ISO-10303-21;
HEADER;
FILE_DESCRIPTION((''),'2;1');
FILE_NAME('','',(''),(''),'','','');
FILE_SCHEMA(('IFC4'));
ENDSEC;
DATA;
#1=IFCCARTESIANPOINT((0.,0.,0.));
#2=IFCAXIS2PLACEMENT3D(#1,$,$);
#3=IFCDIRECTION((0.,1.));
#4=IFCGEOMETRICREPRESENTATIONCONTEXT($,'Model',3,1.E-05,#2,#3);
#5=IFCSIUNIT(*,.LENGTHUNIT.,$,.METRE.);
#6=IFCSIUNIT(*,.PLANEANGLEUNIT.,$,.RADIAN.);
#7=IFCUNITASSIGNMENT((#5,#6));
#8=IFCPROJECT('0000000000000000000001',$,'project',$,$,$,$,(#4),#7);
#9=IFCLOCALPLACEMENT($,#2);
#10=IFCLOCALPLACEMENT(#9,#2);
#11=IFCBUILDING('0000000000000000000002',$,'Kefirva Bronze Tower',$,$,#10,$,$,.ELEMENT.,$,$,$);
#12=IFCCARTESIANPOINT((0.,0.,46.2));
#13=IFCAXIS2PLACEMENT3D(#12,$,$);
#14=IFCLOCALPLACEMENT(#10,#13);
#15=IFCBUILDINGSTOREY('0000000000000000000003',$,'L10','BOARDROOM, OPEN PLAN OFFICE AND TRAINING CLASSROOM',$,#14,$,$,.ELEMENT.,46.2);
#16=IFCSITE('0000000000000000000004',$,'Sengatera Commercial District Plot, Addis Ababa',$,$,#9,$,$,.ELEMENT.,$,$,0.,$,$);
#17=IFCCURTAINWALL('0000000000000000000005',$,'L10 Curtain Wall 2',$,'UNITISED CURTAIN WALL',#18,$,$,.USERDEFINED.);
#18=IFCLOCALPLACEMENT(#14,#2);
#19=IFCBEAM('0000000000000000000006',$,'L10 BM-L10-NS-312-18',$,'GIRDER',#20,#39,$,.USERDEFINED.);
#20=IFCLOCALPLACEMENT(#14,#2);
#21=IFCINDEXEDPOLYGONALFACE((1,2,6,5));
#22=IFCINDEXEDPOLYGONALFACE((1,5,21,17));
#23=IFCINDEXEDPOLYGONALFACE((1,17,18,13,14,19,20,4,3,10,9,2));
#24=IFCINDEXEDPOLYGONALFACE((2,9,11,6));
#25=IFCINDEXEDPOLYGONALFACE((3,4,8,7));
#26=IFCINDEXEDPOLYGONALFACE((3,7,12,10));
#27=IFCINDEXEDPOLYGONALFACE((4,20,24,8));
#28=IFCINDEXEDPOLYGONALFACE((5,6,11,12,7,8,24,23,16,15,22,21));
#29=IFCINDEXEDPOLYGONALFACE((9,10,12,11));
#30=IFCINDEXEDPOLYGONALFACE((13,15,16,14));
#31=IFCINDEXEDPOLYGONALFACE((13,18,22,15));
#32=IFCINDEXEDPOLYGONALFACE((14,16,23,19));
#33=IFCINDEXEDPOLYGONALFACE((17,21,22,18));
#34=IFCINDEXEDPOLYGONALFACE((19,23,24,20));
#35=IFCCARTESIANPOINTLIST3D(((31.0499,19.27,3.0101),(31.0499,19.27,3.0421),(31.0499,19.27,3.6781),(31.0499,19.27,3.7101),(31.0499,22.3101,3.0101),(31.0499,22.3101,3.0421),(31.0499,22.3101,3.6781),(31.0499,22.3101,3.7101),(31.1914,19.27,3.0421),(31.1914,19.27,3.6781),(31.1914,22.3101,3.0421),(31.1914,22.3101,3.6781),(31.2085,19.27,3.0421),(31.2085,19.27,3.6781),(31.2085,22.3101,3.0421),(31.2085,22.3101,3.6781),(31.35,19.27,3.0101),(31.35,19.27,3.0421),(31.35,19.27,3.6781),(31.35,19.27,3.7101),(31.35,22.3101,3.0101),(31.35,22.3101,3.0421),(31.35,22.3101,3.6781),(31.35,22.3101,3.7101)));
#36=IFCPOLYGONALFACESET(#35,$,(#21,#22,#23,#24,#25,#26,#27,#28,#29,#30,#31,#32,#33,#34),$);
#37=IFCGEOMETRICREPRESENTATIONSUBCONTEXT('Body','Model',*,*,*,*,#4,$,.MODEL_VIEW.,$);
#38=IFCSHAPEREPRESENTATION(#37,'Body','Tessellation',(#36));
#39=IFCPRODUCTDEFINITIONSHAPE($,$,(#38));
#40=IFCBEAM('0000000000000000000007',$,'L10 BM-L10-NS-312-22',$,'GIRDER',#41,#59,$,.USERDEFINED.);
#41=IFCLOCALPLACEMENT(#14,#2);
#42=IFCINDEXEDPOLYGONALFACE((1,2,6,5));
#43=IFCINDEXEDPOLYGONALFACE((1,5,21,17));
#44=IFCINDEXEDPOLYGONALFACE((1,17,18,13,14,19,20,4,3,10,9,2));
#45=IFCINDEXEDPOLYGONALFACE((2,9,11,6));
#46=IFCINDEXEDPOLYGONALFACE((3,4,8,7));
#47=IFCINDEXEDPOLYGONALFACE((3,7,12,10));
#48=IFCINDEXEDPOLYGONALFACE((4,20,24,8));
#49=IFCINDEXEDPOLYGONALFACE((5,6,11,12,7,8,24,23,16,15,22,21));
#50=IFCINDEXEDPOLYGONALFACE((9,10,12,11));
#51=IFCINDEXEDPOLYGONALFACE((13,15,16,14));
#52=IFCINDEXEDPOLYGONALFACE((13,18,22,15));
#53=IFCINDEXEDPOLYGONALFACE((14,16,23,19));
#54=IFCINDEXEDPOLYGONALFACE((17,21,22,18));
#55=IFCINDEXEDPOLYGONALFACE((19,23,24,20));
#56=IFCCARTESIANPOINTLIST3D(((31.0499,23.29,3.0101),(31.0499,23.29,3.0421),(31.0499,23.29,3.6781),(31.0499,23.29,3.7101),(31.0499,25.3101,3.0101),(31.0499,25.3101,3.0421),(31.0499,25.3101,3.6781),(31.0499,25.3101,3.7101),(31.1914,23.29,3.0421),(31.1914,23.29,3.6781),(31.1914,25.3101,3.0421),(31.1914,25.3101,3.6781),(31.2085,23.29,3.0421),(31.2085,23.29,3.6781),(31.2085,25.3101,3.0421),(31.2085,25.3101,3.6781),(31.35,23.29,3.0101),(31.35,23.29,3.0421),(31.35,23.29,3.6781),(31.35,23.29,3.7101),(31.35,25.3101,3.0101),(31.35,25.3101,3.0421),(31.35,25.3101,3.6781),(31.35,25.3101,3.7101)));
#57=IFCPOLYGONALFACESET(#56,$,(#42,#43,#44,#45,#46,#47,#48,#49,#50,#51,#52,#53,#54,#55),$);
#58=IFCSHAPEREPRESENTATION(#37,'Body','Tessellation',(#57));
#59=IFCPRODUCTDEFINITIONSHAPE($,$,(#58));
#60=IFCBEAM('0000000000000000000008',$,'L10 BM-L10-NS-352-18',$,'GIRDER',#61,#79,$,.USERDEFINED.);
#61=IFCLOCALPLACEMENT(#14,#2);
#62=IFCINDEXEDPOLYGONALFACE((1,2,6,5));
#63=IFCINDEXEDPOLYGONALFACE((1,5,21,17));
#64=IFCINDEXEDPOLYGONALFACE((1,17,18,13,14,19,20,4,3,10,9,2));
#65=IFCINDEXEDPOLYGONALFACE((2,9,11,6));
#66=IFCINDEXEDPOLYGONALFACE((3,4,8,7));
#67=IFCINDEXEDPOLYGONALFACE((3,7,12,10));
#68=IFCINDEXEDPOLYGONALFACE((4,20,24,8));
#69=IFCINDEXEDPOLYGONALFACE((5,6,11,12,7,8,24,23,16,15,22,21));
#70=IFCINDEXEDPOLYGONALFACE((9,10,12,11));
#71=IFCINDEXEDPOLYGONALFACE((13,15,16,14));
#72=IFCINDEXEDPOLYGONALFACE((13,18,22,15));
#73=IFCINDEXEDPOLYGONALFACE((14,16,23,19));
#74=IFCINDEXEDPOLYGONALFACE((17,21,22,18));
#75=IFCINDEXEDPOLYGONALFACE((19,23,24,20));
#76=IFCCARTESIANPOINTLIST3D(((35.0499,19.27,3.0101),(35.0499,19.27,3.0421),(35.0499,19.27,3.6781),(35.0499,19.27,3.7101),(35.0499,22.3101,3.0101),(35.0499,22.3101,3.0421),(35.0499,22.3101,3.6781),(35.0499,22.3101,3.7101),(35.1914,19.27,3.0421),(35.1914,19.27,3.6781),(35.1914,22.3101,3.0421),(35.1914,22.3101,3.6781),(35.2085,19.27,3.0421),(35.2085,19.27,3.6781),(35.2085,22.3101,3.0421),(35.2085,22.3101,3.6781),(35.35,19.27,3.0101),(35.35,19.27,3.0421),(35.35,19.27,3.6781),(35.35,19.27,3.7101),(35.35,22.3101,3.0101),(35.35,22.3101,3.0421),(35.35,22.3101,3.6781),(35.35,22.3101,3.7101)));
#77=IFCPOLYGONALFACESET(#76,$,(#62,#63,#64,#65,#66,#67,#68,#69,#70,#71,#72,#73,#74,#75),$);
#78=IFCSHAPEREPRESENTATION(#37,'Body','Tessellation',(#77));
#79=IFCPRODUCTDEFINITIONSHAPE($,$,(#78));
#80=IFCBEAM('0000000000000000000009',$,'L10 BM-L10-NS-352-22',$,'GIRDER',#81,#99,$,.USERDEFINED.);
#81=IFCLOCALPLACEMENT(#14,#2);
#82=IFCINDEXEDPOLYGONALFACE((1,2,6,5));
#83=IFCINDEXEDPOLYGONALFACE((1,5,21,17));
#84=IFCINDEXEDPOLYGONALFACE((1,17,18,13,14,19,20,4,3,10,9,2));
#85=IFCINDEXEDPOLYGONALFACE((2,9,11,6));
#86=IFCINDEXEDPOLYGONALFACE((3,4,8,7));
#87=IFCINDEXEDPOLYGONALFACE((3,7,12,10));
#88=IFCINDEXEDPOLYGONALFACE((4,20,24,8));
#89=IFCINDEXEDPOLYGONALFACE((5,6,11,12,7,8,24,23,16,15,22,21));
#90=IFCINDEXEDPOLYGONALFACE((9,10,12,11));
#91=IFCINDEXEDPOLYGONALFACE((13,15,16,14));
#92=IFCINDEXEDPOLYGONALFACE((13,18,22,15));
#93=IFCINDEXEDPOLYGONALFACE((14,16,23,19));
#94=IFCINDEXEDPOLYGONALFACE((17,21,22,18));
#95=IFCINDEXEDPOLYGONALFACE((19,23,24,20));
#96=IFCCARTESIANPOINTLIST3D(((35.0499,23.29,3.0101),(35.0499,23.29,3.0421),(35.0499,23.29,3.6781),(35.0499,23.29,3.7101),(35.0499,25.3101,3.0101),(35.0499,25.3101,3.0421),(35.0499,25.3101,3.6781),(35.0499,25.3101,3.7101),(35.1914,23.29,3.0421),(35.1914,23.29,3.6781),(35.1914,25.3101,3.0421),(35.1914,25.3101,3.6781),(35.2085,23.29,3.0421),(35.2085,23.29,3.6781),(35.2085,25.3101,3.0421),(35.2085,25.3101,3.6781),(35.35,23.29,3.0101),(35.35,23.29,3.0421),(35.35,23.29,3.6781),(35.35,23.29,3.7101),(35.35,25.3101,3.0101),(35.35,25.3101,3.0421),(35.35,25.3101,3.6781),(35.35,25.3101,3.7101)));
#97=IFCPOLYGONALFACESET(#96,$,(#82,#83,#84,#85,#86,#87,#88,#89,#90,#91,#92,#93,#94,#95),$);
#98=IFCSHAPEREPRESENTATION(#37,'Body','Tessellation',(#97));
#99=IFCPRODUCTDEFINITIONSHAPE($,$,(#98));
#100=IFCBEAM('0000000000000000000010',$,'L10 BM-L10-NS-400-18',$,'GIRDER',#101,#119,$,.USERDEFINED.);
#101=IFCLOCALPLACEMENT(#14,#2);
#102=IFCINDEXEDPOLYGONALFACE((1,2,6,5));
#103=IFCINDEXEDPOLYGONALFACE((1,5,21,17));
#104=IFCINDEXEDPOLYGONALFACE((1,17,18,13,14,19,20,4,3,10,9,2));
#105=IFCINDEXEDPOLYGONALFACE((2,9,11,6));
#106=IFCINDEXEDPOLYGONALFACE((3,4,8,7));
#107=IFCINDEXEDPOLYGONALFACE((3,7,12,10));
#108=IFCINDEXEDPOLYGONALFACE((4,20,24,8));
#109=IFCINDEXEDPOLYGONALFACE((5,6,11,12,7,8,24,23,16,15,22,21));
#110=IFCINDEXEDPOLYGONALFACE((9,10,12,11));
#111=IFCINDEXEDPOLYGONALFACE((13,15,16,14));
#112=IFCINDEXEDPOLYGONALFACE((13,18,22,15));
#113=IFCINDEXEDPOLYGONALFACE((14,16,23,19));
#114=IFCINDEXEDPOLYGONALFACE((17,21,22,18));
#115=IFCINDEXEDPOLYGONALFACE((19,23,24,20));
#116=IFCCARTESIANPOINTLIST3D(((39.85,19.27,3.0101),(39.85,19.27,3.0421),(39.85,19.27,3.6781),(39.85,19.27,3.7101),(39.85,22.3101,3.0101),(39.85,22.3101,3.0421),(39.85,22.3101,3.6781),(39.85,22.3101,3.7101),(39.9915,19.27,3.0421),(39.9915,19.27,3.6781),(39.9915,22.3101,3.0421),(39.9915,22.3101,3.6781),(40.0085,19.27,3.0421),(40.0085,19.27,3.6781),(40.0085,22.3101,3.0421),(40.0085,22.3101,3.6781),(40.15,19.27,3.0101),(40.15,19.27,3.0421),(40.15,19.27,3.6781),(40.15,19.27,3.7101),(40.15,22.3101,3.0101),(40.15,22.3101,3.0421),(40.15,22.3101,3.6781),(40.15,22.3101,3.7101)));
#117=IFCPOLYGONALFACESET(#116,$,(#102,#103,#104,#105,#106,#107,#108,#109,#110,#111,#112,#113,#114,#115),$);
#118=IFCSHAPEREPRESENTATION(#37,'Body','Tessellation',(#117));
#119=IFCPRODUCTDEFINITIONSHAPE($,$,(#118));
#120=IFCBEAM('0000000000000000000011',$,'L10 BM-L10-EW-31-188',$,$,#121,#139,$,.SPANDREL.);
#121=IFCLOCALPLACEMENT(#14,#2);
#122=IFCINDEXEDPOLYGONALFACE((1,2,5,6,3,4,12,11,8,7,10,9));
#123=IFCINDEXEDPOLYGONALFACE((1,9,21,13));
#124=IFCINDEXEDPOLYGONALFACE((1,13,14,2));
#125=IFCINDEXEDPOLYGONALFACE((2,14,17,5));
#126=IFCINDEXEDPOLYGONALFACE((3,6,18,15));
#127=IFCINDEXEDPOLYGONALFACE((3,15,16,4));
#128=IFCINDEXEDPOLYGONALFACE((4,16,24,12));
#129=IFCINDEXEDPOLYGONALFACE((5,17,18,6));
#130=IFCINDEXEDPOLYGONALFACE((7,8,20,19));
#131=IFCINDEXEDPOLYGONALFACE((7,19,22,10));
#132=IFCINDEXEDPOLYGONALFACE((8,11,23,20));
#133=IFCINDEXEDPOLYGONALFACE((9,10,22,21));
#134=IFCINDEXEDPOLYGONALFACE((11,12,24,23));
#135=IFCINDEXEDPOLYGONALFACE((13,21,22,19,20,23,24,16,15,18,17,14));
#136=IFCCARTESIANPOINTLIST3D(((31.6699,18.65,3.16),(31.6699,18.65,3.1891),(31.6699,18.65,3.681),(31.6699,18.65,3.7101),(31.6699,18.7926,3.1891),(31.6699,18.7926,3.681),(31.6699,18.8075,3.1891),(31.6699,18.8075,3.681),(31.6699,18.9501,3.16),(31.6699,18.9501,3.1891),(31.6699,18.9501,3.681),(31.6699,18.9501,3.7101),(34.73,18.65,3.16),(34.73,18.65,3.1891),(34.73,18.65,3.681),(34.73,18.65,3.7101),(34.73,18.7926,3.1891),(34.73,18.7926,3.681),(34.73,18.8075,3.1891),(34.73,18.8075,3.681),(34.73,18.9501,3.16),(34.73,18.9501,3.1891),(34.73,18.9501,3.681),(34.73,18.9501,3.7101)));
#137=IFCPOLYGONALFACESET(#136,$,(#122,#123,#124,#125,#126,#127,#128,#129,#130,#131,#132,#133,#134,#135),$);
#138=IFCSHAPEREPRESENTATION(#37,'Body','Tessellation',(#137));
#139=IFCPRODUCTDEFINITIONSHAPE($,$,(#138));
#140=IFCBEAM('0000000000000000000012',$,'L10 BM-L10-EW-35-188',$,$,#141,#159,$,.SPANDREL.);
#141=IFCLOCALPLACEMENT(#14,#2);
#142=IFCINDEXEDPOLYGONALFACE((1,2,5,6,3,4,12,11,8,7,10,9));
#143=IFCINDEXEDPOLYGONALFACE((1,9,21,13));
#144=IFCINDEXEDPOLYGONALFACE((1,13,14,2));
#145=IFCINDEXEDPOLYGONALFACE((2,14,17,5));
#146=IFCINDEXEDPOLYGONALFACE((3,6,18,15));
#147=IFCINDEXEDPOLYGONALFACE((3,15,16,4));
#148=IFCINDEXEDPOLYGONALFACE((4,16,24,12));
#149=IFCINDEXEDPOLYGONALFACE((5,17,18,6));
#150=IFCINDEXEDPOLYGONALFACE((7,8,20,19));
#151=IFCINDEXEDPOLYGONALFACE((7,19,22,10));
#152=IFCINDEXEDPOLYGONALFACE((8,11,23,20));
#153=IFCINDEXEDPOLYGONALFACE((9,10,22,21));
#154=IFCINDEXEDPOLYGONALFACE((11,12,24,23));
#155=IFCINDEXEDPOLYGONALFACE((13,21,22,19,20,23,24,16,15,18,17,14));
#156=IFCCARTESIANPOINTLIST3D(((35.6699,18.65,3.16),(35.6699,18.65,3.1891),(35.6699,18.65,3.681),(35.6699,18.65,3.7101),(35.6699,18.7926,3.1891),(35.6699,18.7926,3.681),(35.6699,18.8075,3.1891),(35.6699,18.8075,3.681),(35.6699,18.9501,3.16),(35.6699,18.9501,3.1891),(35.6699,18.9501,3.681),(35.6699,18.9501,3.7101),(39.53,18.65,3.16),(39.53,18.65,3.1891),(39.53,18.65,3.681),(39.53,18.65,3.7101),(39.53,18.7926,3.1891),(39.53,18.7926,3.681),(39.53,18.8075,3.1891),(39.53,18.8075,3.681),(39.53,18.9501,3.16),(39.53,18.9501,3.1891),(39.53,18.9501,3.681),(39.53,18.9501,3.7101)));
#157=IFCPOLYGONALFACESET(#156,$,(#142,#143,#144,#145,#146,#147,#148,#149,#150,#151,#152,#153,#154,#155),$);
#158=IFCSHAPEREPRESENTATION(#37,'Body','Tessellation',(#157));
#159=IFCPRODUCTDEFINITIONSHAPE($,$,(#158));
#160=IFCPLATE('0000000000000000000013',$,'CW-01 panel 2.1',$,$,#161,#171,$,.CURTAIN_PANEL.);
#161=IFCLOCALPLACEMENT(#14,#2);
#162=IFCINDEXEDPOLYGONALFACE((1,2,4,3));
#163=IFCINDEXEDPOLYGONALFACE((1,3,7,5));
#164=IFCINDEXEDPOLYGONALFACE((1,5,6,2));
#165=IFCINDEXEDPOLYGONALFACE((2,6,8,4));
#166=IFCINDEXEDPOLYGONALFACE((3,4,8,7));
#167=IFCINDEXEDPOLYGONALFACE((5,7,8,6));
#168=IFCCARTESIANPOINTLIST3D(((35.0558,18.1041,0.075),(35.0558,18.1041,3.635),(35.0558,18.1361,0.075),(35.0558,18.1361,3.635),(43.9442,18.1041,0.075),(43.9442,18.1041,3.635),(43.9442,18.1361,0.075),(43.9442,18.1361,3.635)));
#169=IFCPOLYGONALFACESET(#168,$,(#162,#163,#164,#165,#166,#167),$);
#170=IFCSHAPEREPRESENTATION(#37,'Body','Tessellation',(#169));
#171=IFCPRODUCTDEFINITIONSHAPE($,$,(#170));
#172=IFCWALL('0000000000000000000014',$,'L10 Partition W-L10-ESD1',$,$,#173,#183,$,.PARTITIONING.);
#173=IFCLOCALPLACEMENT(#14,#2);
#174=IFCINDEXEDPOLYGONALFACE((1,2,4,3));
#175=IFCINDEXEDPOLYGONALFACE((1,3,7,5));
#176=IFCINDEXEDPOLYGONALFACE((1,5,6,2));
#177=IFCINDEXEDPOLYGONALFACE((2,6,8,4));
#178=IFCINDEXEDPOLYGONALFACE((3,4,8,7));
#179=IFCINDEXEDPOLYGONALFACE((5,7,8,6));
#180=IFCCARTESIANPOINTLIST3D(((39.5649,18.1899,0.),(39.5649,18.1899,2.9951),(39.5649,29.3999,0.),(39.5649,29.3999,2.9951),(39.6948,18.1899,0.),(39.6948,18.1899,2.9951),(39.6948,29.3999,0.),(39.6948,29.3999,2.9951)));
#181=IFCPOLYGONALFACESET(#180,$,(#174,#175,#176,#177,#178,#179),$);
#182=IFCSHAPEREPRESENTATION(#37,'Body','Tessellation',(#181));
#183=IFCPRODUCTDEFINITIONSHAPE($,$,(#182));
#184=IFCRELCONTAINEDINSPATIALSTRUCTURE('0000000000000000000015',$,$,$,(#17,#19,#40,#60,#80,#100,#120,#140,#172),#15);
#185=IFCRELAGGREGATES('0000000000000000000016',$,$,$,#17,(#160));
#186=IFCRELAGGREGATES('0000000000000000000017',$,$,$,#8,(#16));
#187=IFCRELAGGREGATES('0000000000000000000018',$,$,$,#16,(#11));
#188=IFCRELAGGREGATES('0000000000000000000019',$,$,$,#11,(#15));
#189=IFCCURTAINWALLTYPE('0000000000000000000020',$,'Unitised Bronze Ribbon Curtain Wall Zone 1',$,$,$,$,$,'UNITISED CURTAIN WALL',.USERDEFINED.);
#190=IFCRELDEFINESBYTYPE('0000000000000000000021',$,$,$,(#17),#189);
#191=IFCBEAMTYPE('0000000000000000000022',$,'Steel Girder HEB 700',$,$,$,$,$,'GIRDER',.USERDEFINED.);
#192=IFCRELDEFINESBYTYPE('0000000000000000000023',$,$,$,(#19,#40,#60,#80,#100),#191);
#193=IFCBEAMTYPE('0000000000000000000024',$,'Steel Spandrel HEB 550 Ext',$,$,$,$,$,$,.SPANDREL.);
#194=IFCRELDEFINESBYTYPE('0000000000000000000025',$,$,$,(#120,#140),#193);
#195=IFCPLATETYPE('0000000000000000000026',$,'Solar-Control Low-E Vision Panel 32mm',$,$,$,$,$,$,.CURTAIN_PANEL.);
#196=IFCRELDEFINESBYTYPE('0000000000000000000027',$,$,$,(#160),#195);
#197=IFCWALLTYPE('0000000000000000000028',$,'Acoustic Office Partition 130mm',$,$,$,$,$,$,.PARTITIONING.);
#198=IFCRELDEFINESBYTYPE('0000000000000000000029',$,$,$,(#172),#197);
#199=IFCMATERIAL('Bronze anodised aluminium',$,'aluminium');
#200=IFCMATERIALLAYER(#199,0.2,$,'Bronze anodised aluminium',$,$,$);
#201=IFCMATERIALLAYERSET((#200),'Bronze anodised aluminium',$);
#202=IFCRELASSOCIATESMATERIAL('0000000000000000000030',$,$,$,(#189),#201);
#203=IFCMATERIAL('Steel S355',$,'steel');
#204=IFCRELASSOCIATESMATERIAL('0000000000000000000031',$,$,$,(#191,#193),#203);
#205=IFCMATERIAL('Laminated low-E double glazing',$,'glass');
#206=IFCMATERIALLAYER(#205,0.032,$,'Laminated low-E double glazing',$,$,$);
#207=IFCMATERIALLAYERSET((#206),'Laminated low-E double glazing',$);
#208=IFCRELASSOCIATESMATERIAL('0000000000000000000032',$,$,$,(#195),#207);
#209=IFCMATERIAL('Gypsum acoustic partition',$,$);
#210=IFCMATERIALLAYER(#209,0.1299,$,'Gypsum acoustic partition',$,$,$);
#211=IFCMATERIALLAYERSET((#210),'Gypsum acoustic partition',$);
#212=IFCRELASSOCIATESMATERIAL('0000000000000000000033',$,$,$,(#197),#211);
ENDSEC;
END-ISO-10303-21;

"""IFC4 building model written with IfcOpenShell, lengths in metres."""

from ifc_helpers import new_model, si_unit, direction, frame, frame_2d, origin, origin_2d, place, context, subcontext, project, spatial, rectangle, i_section, extrude, material, layer, layer_set, material_profile, profile_set, type_object, element, aggregate, save


model = new_model("IFC4")

# Units and contexts
model_context = context("Model", 3, precision=1e-05, world=origin(), true_north=direction((0.0, 1.0)))
body_context = subcontext(model_context, "Body", "Model", "MODEL_VIEW")
ifc_project = project(units=[si_unit("LENGTHUNIT", "METRE"), si_unit("PLANEANGLEUNIT", "RADIAN")], contexts=[model_context])

# Site, building, storey
site_placement = place(None, origin())
site = spatial("IfcSite", under=ifc_project, at=site_placement, Name="Sengatera Commercial District Plot, Addis Ababa", CompositionType="ELEMENT", RefElevation=0.0)
building_placement = place(site_placement, origin())
building = spatial("IfcBuilding", under=site, at=building_placement, Name="Kefirva Bronze Tower", CompositionType="ELEMENT")
storey_placement = place(building_placement, frame((0.0, 0.0, 46.2)))
storey = spatial("IfcBuildingStorey", under=building, at=storey_placement, Name="L10", Description="BOARDROOM, OPEN PLAN OFFICE AND TRAINING CLASSROOM", CompositionType="ELEMENT", Elevation=46.2)

# Curtain wall
ifc_material_1 = material(Name="Bronze anodised aluminium", Category="aluminium")
ifc_layer_1 = layer(ifc_material_1, 0.2, Name="Bronze anodised aluminium")
ifc_layer_set_1 = layer_set([ifc_layer_1], Name="Bronze anodised aluminium")
curtain_wall_type = type_object("IfcCurtainWallType", Name="Unitised Bronze Ribbon Curtain Wall Zone 1", ElementType="UNITISED CURTAIN WALL", PredefinedType="USERDEFINED", material=ifc_layer_set_1)
curtain_wall_placement = place(storey_placement, origin())
curtain_wall = element("IfcCurtainWall", 1, at=curtain_wall_placement, inside=storey, type_object=curtain_wall_type, Name="L10 Curtain Wall 2", ObjectType="UNITISED CURTAIN WALL", PredefinedType="USERDEFINED")

# Beams
ifc_material_2 = material(Name="Steel S355", Category="steel")
ifc_material_profile_1 = material_profile(ifc_material_2, i_section(OverallWidth=0.3, OverallDepth=0.7, WebThickness=0.0171, FlangeThickness=0.032, at=origin_2d()), Name="HEB 700")
ifc_profile_set_1 = profile_set([ifc_material_profile_1], Name="Steel S355")
beam_type_1 = type_object("IfcBeamType", Name="Steel Girder HEB 700", ElementType="GIRDER", PredefinedType="USERDEFINED", material=ifc_profile_set_1)
beam_1_placement = place(storey_placement, frame((31.2, 19.27, 3.3601), z_axis=(0.0, 1.0, 0.0), x_axis=(-1.0, 0.0, 0.0)))
element("IfcBeam", 2, at=beam_1_placement, inside=storey, type_object=beam_type_1, Name="L10 BM-L10-NS-312-18", ObjectType="GIRDER", PredefinedType="USERDEFINED", context=body_context, shape_type="SweptSolid", body=[
    extrude(i_section(OverallWidth=0.3, OverallDepth=0.7, WebThickness=0.0171, FlangeThickness=0.032, at=origin_2d()), origin(), (0.0, 0.0, 1.0), 3.04),
])
beam_2_placement = place(storey_placement, frame((31.2, 23.29, 3.3601), z_axis=(0.0, 1.0, 0.0), x_axis=(-1.0, 0.0, 0.0)))
element("IfcBeam", 3, at=beam_2_placement, inside=storey, type_object=beam_type_1, Name="L10 BM-L10-NS-312-22", ObjectType="GIRDER", PredefinedType="USERDEFINED", context=body_context, shape_type="SweptSolid", body=[
    extrude(i_section(OverallWidth=0.3, OverallDepth=0.7, WebThickness=0.0171, FlangeThickness=0.032, at=origin_2d()), origin(), (0.0, 0.0, 1.0), 2.02),
])
beam_3_placement = place(storey_placement, frame((35.2, 19.27, 3.3601), z_axis=(0.0, 1.0, 0.0), x_axis=(-1.0, 0.0, 0.0)))
element("IfcBeam", 4, at=beam_3_placement, inside=storey, type_object=beam_type_1, Name="L10 BM-L10-NS-352-18", ObjectType="GIRDER", PredefinedType="USERDEFINED", context=body_context, shape_type="SweptSolid", body=[
    extrude(i_section(OverallWidth=0.3, OverallDepth=0.7, WebThickness=0.0171, FlangeThickness=0.032, at=origin_2d()), origin(), (0.0, 0.0, 1.0), 3.04),
])
beam_4_placement = place(storey_placement, frame((35.2, 23.29, 3.3601), z_axis=(0.0, 1.0, 0.0), x_axis=(-1.0, 0.0, 0.0)))
element("IfcBeam", 5, at=beam_4_placement, inside=storey, type_object=beam_type_1, Name="L10 BM-L10-NS-352-22", ObjectType="GIRDER", PredefinedType="USERDEFINED", context=body_context, shape_type="SweptSolid", body=[
    extrude(i_section(OverallWidth=0.3, OverallDepth=0.7, WebThickness=0.0171, FlangeThickness=0.032, at=origin_2d()), origin(), (0.0, 0.0, 1.0), 2.02),
])
beam_5_placement = place(storey_placement, frame((40.0, 19.27, 3.3601), z_axis=(0.0, 1.0, 0.0), x_axis=(-1.0, 0.0, 0.0)))
element("IfcBeam", 6, at=beam_5_placement, inside=storey, type_object=beam_type_1, Name="L10 BM-L10-NS-400-18", ObjectType="GIRDER", PredefinedType="USERDEFINED", context=body_context, shape_type="SweptSolid", body=[
    extrude(i_section(OverallWidth=0.3, OverallDepth=0.7, WebThickness=0.0171, FlangeThickness=0.032, at=origin_2d()), origin(), (0.0, 0.0, 1.0), 3.04),
])
ifc_material_profile_2 = material_profile(ifc_material_2, i_section(OverallWidth=0.3, OverallDepth=0.55, WebThickness=0.0149, FlangeThickness=0.0291, at=origin_2d()), Name="HEB 550")
ifc_profile_set_2 = profile_set([ifc_material_profile_2], Name="Steel S355")
beam_type_2 = type_object("IfcBeamType", Name="Steel Spandrel HEB 550 Ext", PredefinedType="SPANDREL", material=ifc_profile_set_2)
beam_6_placement = place(storey_placement, frame((31.6699, 18.8, 3.4351), z_axis=(1.0, 0.0, 0.0), x_axis=(0.0, 1.0, 0.0)))
element("IfcBeam", 7, at=beam_6_placement, inside=storey, type_object=beam_type_2, Name="L10 BM-L10-EW-31-188", PredefinedType="SPANDREL", context=body_context, shape_type="SweptSolid", body=[
    extrude(i_section(OverallWidth=0.3, OverallDepth=0.55, WebThickness=0.0149, FlangeThickness=0.0291, at=origin_2d()), origin(), (0.0, 0.0, 1.0), 3.0601),
])
beam_7_placement = place(storey_placement, frame((35.6699, 18.8, 3.4351), z_axis=(1.0, 0.0, 0.0), x_axis=(0.0, 1.0, 0.0)))
element("IfcBeam", 8, at=beam_7_placement, inside=storey, type_object=beam_type_2, Name="L10 BM-L10-EW-35-188", PredefinedType="SPANDREL", context=body_context, shape_type="SweptSolid", body=[
    extrude(i_section(OverallWidth=0.3, OverallDepth=0.55, WebThickness=0.0149, FlangeThickness=0.0291, at=origin_2d()), origin(), (0.0, 0.0, 1.0), 3.8601),
])

# Plate
ifc_material_3 = material(Name="Laminated low-E double glazing", Category="glass")
ifc_layer_2 = layer(ifc_material_3, 0.032, Name="Laminated low-E double glazing")
ifc_layer_set_2 = layer_set([ifc_layer_2], Name="Laminated low-E double glazing")
plate_type = type_object("IfcPlateType", Name="Solar-Control Low-E Vision Panel 32mm", PredefinedType="CURTAIN_PANEL", material=ifc_layer_set_2)
plate_placement = place(storey_placement, frame((39.5, 18.1201, 0.075), z_axis=(0.0, 0.0, 1.0), x_axis=(1.0, 0.0, 0.0)))
plate = element("IfcPlate", 9, at=plate_placement, type_object=plate_type, Name="CW-01 panel 2.1", PredefinedType="CURTAIN_PANEL", context=body_context, shape_type="SweptSolid", body=[
    extrude(rectangle(XDim=8.8884, YDim=0.032, at=origin_2d()), origin(), (0.0, 0.0, 1.0), 3.5601),
])
aggregate(curtain_wall, [plate])

# Wall
ifc_material_4 = material(Name="Gypsum acoustic partition")
ifc_layer_3 = layer(ifc_material_4, 0.1299, Name="Gypsum acoustic partition")
ifc_layer_set_3 = layer_set([ifc_layer_3], Name="Gypsum acoustic partition")
wall_type = type_object("IfcWallType", Name="Acoustic Office Partition 130mm", PredefinedType="PARTITIONING", material=ifc_layer_set_3)
wall_placement = place(storey_placement, frame((39.6299, 18.1899, 0.0), z_axis=(0.0, 0.0, 1.0), x_axis=(0.0, 1.0, 0.0)))
element("IfcWall", 10, at=wall_placement, inside=storey, type_object=wall_type, Name="L10 Partition W-L10-ESD1", PredefinedType="PARTITIONING", context=body_context, shape_type="SweptSolid", body=[
    extrude(rectangle(XDim=11.21, YDim=0.1299, at=frame_2d((5.605, 0.0))), origin(), (0.0, 0.0, 1.0), 2.9951),
])

save(model, "model.ifc")
